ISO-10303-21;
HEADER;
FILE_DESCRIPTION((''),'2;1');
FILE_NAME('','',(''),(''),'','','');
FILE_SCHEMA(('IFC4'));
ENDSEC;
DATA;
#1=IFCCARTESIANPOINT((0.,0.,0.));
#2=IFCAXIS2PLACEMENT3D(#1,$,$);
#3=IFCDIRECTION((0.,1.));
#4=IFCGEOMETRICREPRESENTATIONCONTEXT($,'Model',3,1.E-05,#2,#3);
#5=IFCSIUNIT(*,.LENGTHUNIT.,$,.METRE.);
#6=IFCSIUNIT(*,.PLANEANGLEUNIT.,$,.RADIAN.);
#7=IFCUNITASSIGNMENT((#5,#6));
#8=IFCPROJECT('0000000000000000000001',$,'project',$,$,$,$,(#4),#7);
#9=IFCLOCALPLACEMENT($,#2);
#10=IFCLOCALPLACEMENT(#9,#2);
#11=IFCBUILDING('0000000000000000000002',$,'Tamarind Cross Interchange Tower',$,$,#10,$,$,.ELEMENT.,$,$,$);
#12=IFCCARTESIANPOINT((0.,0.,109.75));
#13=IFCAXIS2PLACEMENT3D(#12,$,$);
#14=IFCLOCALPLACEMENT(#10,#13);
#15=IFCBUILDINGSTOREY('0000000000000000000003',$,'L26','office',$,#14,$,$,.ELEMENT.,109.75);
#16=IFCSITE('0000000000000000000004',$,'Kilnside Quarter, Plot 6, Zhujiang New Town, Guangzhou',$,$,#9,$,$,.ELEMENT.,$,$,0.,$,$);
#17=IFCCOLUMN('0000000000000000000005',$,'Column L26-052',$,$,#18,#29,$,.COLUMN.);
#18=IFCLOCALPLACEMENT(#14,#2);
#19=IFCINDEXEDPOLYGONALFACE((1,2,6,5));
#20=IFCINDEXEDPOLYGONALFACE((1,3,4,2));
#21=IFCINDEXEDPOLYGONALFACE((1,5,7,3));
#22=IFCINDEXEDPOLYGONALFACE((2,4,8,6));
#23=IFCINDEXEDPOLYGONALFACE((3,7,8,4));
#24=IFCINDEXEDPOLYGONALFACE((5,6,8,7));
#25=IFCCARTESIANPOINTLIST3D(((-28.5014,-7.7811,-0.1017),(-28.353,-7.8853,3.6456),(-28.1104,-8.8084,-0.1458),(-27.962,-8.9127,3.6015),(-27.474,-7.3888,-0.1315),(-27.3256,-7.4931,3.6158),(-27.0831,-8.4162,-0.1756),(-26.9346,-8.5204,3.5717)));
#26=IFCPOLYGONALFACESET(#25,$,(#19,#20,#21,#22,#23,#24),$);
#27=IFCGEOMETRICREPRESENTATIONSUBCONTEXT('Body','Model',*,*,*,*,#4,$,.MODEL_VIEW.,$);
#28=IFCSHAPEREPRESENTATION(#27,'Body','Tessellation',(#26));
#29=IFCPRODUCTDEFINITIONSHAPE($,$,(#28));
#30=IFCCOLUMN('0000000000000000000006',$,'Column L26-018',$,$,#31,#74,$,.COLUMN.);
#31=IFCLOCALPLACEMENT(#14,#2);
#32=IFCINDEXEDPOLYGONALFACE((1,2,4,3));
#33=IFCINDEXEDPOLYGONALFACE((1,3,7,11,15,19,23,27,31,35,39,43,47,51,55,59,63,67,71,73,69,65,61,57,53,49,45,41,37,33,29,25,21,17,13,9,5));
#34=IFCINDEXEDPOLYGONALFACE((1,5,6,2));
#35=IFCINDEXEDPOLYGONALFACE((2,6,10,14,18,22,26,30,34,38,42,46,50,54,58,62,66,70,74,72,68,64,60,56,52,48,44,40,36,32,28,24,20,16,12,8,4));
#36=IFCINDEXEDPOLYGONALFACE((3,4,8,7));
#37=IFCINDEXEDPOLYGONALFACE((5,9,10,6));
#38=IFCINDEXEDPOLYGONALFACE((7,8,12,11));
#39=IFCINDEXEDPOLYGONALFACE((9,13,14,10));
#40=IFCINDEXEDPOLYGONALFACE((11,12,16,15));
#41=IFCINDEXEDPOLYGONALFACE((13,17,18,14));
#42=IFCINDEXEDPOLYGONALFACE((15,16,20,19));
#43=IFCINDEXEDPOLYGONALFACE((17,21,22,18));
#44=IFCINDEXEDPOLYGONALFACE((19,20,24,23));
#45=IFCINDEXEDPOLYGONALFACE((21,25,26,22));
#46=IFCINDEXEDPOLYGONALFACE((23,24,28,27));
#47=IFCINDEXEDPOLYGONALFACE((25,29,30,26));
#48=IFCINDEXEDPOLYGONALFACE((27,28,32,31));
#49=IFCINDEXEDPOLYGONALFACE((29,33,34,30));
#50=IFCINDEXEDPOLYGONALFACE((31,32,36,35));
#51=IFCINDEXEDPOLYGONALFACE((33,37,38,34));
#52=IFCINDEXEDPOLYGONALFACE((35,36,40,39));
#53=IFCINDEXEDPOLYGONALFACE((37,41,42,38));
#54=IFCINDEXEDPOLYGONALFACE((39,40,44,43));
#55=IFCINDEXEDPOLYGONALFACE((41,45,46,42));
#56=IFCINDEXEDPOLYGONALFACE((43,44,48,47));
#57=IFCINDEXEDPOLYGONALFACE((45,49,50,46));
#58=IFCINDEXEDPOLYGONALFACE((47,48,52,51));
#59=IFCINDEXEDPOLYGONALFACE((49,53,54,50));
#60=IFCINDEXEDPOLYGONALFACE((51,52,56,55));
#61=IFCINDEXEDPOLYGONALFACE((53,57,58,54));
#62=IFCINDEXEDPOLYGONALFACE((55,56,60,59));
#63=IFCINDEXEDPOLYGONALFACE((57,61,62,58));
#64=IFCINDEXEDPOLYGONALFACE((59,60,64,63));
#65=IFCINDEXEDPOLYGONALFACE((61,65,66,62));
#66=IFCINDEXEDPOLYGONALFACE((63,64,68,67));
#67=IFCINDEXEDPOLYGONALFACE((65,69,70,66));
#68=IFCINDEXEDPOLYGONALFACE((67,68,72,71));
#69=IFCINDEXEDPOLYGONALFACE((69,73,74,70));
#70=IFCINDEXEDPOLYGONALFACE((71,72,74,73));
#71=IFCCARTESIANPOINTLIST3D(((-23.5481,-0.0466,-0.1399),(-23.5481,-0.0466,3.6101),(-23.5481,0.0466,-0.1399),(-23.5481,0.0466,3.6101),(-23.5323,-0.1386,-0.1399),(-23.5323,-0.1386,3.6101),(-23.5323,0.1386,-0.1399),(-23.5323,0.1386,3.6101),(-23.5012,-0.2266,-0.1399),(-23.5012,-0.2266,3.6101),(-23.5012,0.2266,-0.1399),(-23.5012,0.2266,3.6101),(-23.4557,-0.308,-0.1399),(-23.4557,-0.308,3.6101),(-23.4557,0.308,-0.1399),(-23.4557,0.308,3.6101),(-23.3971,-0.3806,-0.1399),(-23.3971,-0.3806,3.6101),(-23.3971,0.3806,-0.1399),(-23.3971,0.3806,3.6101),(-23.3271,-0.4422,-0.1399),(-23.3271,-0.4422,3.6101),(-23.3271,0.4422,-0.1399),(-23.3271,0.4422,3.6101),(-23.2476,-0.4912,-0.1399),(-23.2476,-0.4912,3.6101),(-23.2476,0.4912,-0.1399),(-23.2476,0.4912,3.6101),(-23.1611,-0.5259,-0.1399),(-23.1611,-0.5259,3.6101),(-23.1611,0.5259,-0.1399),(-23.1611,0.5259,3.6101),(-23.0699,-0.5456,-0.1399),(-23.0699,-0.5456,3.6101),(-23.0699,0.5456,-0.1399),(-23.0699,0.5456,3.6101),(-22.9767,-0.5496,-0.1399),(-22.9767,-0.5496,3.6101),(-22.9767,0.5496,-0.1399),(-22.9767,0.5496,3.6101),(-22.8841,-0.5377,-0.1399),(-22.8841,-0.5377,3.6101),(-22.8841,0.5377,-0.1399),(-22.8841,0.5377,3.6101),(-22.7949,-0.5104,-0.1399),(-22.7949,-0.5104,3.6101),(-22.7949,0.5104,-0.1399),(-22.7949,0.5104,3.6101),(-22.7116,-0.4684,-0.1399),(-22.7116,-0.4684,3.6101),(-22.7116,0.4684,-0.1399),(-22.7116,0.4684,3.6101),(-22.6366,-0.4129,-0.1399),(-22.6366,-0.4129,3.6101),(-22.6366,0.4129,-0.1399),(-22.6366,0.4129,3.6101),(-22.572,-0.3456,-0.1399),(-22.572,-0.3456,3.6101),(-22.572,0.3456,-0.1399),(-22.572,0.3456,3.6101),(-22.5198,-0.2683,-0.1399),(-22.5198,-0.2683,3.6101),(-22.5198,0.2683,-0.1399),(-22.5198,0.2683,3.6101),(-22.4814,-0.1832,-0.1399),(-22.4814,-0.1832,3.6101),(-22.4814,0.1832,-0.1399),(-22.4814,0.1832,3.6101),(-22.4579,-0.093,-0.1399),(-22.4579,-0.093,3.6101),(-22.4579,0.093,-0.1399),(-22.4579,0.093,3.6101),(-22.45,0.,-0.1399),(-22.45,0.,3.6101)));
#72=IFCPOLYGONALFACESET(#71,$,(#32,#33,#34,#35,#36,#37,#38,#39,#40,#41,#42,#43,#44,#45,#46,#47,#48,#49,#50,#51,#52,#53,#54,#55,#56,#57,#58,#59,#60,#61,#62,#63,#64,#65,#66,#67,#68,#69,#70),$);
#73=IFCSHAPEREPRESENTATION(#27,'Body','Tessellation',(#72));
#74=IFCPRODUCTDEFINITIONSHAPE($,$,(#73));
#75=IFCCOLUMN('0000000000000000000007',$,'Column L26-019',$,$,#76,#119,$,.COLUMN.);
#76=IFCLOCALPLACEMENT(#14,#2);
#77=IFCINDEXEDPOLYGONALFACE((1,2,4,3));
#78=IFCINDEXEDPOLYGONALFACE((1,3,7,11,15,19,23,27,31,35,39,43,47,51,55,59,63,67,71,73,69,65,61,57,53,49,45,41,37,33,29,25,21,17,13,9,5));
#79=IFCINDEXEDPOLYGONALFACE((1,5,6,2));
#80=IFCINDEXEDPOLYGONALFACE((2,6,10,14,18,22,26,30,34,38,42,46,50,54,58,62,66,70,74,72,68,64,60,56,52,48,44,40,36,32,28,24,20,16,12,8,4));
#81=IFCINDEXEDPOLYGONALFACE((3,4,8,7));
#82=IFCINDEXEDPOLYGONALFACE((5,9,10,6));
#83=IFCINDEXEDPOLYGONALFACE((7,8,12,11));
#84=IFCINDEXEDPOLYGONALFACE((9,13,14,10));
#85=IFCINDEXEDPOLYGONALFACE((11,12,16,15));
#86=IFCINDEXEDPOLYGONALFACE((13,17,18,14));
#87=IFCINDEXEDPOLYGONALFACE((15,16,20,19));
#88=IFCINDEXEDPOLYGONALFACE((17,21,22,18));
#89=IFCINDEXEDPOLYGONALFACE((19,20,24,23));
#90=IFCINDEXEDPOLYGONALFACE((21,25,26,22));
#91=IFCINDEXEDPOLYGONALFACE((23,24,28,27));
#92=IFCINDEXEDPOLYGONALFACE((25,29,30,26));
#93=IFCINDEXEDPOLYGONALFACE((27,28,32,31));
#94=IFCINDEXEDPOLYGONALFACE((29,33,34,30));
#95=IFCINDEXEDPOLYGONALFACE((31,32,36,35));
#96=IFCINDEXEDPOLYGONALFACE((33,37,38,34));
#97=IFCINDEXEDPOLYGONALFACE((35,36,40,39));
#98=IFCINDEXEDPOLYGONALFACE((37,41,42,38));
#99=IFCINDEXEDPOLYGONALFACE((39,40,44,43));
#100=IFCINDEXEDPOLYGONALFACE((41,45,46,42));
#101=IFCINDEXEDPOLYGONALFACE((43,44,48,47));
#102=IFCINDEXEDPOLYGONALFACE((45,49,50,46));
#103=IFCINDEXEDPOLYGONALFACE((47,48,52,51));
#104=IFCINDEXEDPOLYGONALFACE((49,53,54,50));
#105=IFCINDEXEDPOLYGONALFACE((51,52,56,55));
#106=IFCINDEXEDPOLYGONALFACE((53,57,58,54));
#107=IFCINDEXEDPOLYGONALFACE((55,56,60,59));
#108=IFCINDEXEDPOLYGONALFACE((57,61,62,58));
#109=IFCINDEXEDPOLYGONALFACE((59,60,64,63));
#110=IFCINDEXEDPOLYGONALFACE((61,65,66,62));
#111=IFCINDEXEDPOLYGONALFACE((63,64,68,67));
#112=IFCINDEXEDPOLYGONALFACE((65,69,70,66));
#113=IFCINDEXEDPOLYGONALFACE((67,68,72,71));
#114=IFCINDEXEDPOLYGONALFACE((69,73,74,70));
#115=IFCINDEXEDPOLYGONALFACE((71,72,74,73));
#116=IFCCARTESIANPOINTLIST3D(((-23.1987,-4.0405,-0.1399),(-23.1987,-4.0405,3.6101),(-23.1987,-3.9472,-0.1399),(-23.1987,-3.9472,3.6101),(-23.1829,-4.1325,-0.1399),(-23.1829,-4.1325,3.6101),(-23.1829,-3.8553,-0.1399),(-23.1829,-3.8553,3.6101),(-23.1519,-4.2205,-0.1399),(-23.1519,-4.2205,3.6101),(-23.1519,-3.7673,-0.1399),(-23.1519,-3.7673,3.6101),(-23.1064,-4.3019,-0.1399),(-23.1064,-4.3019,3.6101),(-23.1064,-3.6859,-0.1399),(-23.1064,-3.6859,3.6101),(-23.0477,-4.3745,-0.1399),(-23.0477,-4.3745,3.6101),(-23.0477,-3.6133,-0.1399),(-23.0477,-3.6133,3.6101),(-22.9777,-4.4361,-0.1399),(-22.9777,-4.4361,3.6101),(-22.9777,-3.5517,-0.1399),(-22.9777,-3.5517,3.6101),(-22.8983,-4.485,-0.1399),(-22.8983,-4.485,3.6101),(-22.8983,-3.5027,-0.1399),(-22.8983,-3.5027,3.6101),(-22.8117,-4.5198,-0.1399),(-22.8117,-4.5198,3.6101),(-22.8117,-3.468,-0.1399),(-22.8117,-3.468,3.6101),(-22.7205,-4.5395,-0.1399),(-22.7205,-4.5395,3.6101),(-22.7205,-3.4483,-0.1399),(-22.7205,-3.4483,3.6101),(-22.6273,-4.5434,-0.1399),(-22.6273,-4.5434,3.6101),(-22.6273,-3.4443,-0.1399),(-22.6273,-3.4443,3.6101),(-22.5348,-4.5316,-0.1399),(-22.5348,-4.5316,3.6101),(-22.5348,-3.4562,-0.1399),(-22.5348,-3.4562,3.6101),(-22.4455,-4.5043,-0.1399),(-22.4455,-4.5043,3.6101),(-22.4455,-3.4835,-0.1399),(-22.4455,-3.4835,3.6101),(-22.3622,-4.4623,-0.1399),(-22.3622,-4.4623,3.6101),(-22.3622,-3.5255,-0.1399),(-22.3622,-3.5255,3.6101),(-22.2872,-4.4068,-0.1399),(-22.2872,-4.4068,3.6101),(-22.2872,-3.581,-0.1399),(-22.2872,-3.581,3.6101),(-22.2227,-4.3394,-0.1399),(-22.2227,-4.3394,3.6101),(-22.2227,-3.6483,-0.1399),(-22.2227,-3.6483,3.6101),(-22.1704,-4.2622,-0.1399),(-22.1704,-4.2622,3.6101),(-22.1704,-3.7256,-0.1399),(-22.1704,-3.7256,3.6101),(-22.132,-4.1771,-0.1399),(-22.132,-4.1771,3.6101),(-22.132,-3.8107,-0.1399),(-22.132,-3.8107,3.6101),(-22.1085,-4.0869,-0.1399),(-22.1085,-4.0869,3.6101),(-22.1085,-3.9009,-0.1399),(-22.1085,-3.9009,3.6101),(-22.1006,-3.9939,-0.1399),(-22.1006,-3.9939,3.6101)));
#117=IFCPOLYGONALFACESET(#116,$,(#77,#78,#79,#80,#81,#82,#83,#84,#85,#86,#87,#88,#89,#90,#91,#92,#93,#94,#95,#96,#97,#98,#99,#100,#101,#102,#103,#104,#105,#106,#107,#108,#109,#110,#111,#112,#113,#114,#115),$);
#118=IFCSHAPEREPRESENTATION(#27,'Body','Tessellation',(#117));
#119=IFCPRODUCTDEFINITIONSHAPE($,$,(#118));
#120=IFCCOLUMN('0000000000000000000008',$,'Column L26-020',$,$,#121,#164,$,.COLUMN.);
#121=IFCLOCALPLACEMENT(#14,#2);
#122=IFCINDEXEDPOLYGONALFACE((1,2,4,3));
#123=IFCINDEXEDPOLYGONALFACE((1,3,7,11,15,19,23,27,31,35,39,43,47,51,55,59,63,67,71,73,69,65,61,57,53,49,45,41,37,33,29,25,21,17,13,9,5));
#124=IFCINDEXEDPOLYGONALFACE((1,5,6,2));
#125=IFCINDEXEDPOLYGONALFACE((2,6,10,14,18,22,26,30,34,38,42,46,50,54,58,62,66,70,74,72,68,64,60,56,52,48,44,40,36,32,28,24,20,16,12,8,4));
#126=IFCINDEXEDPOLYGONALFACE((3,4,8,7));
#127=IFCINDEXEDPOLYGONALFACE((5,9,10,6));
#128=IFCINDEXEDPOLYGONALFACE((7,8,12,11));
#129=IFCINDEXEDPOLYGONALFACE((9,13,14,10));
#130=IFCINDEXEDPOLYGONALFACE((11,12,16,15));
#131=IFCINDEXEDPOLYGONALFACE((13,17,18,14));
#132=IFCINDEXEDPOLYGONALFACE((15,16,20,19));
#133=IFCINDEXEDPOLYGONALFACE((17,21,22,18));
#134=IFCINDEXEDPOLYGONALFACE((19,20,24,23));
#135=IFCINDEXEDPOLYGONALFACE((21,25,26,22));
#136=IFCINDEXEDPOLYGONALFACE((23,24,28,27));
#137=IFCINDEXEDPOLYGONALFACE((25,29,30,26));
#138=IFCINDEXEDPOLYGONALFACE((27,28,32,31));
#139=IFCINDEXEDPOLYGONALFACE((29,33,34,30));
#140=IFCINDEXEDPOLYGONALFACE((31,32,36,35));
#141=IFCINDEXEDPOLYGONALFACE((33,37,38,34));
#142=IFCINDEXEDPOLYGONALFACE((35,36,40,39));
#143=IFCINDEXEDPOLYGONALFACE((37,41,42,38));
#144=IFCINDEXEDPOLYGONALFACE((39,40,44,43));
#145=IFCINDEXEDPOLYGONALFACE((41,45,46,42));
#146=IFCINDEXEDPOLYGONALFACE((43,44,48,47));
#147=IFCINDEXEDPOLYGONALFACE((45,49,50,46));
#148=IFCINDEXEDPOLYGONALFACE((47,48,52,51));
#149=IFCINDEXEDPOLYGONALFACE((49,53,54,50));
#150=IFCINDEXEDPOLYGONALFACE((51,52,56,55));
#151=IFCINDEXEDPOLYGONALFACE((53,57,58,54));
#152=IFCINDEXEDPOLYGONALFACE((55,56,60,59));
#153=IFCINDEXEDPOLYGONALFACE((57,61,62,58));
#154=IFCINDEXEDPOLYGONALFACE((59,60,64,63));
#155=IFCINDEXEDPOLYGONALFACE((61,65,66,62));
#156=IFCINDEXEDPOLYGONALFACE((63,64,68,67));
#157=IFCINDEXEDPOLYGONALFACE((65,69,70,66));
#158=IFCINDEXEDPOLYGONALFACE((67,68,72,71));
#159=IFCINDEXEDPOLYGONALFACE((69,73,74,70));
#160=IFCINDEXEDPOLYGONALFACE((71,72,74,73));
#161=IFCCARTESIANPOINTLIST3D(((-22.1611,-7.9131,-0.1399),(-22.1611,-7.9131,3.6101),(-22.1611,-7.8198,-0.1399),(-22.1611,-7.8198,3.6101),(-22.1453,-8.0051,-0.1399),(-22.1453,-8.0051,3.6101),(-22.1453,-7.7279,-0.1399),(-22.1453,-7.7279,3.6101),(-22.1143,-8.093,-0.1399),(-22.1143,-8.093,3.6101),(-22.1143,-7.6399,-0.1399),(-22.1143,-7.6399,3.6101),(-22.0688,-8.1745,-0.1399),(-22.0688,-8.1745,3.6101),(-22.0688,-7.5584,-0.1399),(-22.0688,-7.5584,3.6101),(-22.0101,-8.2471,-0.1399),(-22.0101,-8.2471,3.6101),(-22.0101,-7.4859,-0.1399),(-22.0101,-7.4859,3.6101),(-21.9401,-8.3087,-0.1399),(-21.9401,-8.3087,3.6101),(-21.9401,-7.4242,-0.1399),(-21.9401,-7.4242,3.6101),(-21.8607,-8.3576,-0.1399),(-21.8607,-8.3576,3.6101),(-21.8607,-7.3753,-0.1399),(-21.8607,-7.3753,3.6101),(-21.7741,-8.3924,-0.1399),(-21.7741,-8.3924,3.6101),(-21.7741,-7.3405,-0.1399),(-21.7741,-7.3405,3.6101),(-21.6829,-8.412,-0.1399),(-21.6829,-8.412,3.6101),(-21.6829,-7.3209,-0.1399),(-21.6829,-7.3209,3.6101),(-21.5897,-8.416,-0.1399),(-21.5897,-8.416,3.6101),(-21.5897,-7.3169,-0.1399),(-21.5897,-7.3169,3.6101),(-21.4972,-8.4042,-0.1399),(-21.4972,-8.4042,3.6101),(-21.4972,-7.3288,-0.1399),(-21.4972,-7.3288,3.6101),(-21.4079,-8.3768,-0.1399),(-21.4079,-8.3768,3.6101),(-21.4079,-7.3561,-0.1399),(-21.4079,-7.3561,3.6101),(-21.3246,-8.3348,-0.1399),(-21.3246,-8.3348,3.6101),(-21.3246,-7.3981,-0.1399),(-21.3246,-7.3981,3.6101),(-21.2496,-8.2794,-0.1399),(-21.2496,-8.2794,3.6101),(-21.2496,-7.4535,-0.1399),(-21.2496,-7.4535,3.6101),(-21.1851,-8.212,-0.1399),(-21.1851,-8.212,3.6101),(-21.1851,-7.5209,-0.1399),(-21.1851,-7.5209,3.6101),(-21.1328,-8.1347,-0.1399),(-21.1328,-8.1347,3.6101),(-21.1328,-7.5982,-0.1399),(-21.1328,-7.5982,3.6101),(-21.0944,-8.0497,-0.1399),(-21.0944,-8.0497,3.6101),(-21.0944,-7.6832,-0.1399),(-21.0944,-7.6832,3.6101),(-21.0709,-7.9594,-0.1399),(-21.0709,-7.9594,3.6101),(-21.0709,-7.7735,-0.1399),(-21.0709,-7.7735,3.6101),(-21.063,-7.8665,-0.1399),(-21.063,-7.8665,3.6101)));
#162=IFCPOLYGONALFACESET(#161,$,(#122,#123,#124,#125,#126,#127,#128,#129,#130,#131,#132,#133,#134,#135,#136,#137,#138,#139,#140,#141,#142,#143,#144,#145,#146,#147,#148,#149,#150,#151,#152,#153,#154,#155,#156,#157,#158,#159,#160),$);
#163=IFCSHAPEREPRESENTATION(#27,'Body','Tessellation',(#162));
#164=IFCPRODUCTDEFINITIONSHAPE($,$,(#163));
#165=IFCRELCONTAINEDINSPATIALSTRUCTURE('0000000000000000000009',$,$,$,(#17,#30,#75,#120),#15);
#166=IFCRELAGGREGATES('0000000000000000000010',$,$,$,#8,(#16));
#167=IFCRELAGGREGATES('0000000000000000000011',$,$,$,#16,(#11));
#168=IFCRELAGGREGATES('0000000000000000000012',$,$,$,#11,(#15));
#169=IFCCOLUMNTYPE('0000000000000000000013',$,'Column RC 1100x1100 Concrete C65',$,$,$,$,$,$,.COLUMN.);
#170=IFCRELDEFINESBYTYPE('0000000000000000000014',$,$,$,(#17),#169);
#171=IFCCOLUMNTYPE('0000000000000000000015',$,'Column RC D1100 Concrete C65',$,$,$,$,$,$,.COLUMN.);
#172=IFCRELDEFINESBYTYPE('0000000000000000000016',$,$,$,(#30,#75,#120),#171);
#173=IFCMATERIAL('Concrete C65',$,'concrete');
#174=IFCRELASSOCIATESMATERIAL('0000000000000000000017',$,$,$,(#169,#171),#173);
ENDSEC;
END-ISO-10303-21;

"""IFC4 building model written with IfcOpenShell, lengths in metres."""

from ifc_helpers import new_model, si_unit, direction, frame, origin, origin_2d, place, context, subcontext, project, spatial, rectangle, circle, extrude, material, material_profile, profile_set, type_object, element, save


model = new_model("IFC4")

# Units and contexts
model_context = context("Model", 3, precision=1e-05, world=origin(), true_north=direction((0.0, 1.0)))
body_context = subcontext(model_context, "Body", "Model", "MODEL_VIEW")
ifc_project = project(units=[si_unit("LENGTHUNIT", "METRE"), si_unit("PLANEANGLEUNIT", "RADIAN")], contexts=[model_context])

# Site, building, storey
site_placement = place(None, origin())
site = spatial("IfcSite", under=ifc_project, at=site_placement, Name="Kilnside Quarter, Plot 6, Zhujiang New Town, Guangzhou", CompositionType="ELEMENT", RefElevation=0.0)
building_placement = place(site_placement, origin())
building = spatial("IfcBuilding", under=site, at=building_placement, Name="Tamarind Cross Interchange Tower", CompositionType="ELEMENT")
storey_placement = place(building_placement, frame((0.0, 0.0, 109.75)))
storey = spatial("IfcBuildingStorey", under=building, at=storey_placement, Name="L26", Description="office", CompositionType="ELEMENT", Elevation=109.75)

# Columns
ifc_material_1 = material(Name="Concrete C65", Category="concrete")
ifc_material_profile_1 = material_profile(ifc_material_1, rectangle(XDim=1.1001, YDim=1.1001, at=origin_2d()), Name="RC 1100x1100")
ifc_profile_set_1 = profile_set([ifc_material_profile_1], Name="Concrete C65")
column_type_1 = type_object("IfcColumnType", Name="Column RC 1100x1100 Concrete C65", PredefinedType="COLUMN", material=ifc_profile_set_1)
column_placement = place(storey_placement, frame((-27.7922, -8.0986, -0.1387), z_axis=(0.039565, -0.027787, 0.998831), x_axis=(-0.355401, 0.933855, 0.040057)))
element("IfcColumn", 1, at=column_placement, inside=storey, type_object=column_type_1, Name="Column L26-052", PredefinedType="COLUMN", context=body_context, shape_type="SweptSolid", body=[
    extrude(rectangle(XDim=1.1001, YDim=1.1001, at=origin_2d()), origin(), (0.0, 0.0, 1.0), 3.7517),
])
ifc_material_profile_2 = material_profile(ifc_material_1, circle(Radius=0.55, at=origin_2d()), Name="RC D1100")
ifc_profile_set_2 = profile_set([ifc_material_profile_2], Name="Concrete C65")
column_type_2 = type_object("IfcColumnType", Name="Column RC D1100 Concrete C65", PredefinedType="COLUMN", material=ifc_profile_set_2)
for number, where, z_axis, x_axis, name in (
    (2, (-23.0, 0.0, -0.1399), (0.0, 0.0, 1.0), (1.0, 0.0, 0.0), "Column L26-018"),
    (3, (-22.6506, -3.9939, -0.1399), (0.0, 0.0, 1.0), (1.0, 0.0, 0.0), "Column L26-019"),
    (4, (-21.613, -7.8665, -0.1399), (0.0, 0.0, 1.0), (1.0, 0.0, 0.0), "Column L26-020"),
):
    element("IfcColumn", number, at=place(storey_placement, frame(where, z_axis=z_axis, x_axis=x_axis)), inside=storey, type_object=column_type_2, Name=name, PredefinedType="COLUMN", context=body_context, shape_type="SweptSolid", body=[
        extrude(circle(Radius=0.55, at=origin_2d()), origin(), (0.0, 0.0, 1.0), 3.75),
    ])

save(model, "model.ifc")
